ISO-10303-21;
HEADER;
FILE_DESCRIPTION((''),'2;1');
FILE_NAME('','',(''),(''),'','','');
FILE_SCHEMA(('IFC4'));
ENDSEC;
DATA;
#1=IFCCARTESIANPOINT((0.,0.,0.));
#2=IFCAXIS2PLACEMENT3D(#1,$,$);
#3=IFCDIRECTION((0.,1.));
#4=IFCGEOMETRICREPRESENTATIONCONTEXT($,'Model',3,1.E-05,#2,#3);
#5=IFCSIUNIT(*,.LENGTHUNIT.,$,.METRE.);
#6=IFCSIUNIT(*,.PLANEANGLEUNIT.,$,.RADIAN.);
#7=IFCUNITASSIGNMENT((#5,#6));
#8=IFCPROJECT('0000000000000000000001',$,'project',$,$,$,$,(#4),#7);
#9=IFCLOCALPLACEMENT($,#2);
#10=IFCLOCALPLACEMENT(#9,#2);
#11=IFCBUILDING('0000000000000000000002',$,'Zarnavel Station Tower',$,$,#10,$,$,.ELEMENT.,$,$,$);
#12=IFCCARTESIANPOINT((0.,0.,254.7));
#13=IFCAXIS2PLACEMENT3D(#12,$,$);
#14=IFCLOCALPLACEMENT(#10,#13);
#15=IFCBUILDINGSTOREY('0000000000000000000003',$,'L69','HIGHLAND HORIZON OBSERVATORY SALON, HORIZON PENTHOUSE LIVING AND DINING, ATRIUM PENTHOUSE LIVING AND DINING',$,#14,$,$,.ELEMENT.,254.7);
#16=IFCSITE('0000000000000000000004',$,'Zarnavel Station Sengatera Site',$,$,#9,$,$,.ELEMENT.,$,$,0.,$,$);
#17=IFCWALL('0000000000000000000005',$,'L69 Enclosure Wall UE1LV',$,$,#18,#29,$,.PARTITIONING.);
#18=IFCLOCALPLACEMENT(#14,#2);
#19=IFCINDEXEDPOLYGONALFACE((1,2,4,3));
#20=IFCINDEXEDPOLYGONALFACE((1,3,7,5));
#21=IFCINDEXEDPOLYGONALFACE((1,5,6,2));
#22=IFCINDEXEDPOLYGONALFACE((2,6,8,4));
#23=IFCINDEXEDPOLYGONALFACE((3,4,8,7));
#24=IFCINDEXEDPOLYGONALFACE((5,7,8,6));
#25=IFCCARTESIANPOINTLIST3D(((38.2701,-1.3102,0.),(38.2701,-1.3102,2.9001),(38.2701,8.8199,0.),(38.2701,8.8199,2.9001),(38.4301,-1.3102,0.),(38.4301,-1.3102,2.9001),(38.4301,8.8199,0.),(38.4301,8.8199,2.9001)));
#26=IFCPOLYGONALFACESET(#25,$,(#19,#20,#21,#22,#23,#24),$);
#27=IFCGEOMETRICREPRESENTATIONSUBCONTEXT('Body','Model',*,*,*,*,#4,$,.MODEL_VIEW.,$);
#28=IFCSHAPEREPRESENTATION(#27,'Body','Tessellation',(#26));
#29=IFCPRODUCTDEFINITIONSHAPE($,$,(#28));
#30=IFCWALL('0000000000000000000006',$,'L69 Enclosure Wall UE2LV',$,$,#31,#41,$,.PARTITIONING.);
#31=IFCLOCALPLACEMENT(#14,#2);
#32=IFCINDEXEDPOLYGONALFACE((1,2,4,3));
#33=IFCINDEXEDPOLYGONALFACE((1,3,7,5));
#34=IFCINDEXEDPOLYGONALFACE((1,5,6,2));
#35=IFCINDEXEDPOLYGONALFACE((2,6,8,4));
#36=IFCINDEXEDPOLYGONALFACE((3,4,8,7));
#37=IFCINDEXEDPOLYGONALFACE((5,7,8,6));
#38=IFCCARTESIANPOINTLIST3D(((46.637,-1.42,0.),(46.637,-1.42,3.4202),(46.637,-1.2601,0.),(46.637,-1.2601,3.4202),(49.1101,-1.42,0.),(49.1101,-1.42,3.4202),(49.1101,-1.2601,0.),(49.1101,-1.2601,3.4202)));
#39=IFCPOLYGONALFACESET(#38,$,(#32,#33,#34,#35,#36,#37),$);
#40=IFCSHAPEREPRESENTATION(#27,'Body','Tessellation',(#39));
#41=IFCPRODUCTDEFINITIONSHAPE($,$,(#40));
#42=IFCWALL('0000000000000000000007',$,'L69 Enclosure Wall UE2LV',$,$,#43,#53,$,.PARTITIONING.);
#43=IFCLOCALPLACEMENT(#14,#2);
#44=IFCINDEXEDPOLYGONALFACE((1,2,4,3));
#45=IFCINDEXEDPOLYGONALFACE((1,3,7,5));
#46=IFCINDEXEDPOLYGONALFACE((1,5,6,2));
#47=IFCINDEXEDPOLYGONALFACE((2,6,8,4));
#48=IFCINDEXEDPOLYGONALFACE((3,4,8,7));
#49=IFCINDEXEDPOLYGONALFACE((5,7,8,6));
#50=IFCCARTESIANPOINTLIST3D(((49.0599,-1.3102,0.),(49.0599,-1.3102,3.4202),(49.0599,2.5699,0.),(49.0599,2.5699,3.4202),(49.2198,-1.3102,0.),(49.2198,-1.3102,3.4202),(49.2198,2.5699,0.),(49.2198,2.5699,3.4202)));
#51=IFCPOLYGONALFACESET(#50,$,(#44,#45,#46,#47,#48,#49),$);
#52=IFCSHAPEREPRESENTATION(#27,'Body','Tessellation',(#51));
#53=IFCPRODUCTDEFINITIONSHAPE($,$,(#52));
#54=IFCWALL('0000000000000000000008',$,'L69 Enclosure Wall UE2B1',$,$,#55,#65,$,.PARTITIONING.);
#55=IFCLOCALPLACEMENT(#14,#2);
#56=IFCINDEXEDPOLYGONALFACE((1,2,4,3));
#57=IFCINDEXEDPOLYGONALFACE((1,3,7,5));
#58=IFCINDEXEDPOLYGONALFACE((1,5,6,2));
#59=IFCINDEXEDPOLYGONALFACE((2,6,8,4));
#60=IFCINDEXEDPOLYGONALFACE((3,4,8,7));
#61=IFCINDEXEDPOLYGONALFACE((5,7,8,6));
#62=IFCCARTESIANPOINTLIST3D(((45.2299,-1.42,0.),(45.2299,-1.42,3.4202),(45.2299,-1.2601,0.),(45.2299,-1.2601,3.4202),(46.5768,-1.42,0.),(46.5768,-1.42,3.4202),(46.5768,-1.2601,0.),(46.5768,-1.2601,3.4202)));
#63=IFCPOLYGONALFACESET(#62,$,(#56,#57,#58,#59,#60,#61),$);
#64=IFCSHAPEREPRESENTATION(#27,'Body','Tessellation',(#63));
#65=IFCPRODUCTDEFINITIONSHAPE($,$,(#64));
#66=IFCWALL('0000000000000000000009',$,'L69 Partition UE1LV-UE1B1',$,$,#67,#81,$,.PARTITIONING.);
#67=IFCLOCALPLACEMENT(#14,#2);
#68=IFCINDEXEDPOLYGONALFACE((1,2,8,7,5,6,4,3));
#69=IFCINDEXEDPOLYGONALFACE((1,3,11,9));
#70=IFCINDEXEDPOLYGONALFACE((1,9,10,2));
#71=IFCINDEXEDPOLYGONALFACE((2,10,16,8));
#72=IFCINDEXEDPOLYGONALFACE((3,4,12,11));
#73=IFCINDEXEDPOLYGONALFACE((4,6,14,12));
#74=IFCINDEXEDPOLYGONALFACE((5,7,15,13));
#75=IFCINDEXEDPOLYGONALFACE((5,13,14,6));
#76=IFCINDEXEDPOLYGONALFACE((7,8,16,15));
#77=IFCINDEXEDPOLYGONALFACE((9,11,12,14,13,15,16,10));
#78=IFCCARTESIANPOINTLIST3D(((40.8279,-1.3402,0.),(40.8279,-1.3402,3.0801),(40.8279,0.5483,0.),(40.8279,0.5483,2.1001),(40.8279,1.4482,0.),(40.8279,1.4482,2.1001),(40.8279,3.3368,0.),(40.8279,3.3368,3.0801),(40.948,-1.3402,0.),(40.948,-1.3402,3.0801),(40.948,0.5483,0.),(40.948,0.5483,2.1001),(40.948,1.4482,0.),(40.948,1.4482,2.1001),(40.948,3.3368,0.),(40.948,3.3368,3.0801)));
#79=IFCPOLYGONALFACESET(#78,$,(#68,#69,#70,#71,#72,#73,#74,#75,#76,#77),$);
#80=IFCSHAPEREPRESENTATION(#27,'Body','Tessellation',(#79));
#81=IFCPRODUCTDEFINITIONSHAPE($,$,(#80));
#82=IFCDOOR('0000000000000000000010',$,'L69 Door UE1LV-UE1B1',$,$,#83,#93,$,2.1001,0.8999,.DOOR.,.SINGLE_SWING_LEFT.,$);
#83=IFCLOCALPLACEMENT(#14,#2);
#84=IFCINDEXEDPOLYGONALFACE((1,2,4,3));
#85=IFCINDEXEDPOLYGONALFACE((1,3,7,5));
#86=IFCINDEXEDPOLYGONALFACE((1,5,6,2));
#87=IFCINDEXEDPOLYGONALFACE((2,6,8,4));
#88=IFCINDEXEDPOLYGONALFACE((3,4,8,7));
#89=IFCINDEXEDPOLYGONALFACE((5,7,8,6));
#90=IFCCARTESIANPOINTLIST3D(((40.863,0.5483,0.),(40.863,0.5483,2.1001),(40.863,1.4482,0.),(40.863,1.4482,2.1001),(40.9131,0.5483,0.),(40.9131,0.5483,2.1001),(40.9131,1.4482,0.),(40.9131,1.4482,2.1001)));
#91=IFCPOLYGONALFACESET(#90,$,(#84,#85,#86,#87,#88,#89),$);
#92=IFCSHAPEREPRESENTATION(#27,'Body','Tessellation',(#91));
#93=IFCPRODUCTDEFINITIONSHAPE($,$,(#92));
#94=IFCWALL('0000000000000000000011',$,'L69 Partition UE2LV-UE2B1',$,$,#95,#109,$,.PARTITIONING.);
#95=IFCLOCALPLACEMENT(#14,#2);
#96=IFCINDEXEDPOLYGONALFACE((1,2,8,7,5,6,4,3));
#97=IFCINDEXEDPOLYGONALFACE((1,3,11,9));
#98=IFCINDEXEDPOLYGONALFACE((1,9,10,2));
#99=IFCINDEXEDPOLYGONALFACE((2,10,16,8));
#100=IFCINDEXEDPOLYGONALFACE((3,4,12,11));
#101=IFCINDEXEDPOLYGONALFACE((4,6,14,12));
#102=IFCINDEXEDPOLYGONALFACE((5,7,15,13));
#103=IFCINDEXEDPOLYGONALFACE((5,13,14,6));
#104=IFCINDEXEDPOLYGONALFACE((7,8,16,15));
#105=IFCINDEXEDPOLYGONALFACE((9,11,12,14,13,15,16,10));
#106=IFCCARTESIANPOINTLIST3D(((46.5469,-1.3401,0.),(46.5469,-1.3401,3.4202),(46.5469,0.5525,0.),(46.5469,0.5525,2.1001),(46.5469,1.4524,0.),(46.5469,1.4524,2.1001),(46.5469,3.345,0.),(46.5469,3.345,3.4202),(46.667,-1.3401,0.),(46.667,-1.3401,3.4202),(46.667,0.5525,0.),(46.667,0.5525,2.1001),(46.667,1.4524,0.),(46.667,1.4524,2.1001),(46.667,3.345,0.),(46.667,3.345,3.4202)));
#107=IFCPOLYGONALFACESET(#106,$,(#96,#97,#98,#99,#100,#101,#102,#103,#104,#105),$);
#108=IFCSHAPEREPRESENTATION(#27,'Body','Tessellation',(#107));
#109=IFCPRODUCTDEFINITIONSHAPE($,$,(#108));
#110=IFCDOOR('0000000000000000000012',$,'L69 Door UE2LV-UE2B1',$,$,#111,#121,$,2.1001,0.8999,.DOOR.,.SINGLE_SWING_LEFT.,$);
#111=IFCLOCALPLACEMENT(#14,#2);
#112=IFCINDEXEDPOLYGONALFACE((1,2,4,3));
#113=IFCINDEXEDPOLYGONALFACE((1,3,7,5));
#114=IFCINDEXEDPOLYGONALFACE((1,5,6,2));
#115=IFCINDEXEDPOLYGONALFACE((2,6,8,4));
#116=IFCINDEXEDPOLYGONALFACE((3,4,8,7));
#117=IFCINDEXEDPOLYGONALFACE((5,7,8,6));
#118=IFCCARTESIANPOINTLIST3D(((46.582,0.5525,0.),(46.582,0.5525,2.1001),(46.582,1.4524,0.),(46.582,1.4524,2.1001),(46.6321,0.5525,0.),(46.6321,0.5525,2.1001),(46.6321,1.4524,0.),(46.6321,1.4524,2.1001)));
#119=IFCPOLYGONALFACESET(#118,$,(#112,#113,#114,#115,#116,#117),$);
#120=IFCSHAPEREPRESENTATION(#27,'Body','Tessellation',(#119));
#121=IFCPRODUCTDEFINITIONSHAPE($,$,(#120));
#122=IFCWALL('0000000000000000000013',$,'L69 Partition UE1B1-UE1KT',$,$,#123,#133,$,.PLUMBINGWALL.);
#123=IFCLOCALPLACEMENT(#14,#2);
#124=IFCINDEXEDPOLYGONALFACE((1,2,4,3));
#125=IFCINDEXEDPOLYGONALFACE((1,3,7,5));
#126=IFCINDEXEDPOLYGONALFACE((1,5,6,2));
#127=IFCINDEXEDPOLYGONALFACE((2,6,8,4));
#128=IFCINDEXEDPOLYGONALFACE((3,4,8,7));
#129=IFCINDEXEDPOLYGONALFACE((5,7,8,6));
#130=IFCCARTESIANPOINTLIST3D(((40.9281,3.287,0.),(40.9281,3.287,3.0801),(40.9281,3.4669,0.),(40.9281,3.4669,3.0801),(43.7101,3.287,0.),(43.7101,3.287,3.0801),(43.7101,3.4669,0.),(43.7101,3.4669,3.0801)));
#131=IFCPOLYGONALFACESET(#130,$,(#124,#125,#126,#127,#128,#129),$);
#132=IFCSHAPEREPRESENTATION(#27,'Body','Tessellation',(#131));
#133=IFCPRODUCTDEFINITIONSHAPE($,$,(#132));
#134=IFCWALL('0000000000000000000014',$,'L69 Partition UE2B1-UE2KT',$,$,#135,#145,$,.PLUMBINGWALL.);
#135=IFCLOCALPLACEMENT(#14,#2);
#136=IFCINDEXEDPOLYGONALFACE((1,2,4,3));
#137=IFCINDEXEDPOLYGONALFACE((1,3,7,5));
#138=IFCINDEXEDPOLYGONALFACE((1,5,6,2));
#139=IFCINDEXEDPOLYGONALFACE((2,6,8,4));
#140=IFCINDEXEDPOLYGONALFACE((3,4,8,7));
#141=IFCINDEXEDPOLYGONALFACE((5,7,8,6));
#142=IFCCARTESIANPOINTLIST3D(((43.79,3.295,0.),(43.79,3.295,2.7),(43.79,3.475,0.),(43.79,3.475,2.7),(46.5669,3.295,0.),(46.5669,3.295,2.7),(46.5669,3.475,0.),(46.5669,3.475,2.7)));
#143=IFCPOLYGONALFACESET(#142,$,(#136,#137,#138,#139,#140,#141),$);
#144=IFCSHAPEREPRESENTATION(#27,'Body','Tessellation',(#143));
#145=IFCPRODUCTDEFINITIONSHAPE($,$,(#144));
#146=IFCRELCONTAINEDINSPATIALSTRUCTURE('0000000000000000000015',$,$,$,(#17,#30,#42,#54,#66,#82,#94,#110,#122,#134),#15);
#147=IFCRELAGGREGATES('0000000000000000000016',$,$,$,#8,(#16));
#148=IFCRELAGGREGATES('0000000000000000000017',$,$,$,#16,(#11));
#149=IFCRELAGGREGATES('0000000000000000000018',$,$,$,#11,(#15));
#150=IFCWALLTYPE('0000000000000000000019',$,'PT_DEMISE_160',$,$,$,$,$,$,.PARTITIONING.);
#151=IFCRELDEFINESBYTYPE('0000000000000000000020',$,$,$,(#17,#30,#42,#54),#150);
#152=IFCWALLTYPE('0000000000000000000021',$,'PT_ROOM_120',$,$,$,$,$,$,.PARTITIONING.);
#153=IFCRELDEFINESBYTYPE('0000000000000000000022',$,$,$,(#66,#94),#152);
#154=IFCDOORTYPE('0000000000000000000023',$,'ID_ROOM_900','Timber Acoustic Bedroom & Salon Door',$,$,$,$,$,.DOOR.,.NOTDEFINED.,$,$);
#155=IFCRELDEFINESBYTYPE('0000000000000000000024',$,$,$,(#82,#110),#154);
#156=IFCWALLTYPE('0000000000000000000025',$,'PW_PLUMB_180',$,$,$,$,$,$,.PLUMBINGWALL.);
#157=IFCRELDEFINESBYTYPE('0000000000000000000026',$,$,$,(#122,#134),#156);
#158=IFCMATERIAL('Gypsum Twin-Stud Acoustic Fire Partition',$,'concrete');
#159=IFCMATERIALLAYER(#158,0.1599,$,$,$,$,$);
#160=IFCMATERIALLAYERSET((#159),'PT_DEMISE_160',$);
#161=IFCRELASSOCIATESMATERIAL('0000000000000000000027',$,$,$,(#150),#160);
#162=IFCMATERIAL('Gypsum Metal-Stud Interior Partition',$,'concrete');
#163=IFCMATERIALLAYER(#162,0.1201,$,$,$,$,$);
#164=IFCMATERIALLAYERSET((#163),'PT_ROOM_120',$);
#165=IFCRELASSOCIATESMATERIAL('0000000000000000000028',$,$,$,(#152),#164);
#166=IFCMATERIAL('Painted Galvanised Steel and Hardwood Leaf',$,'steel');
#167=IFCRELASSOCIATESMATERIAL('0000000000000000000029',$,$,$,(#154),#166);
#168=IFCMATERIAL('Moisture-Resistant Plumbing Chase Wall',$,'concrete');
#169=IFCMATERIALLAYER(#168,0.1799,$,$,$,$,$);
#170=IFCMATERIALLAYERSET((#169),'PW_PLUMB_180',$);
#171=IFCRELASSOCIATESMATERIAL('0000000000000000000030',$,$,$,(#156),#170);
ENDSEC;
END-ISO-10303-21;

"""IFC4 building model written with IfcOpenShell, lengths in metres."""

from ifc_helpers import new_model, si_unit, direction, frame, frame_2d, origin, place, context, subcontext, project, spatial, rectangle, extrude, material, layer, layer_set, type_object, element, fill, save


model = new_model("IFC4")

# Units and contexts
model_context = context("Model", 3, precision=1e-05, world=origin(), true_north=direction((0.0, 1.0)))
body_context = subcontext(model_context, "Body", "Model", "MODEL_VIEW")
ifc_project = project(units=[si_unit("LENGTHUNIT", "METRE"), si_unit("PLANEANGLEUNIT", "RADIAN")], contexts=[model_context])

# Site, building, storey
site_placement = place(None, origin())
site = spatial("IfcSite", under=ifc_project, at=site_placement, Name="Zarnavel Station Sengatera Site", CompositionType="ELEMENT", RefElevation=0.0)
building_placement = place(site_placement, origin())
building = spatial("IfcBuilding", under=site, at=building_placement, Name="Zarnavel Station Tower", CompositionType="ELEMENT")
storey_placement = place(building_placement, frame((0.0, 0.0, 254.7)))
storey = spatial("IfcBuildingStorey", under=building, at=storey_placement, Name="L69", Description="HIGHLAND HORIZON OBSERVATORY SALON, HORIZON PENTHOUSE LIVING AND DINING, ATRIUM PENTHOUSE LIVING AND DINING", CompositionType="ELEMENT", Elevation=254.7)

# Walls
ifc_material_1 = material(Name="Gypsum Twin-Stud Acoustic Fire Partition", Category="concrete")
ifc_layer_1 = layer(ifc_material_1, 0.1599)
ifc_layer_set_1 = layer_set([ifc_layer_1], Name="PT_DEMISE_160")
wall_type_1 = type_object("IfcWallType", Name="PT_DEMISE_160", PredefinedType="PARTITIONING", material=ifc_layer_set_1)
wall_1_placement = place(storey_placement, frame((38.3501, -1.3101, 0.0), z_axis=(0.0, 0.0, 1.0), x_axis=(0.0, 1.0, 0.0)))
element("IfcWall", 1, at=wall_1_placement, inside=storey, type_object=wall_type_1, Name="L69 Enclosure Wall UE1LV", PredefinedType="PARTITIONING", context=body_context, shape_type="SweptSolid", body=[
    extrude(rectangle(XDim=10.1301, YDim=0.1599, at=frame_2d((5.0649, 0.0))), origin(), (0.0, 0.0, 1.0), 2.9001),
])
wall_2_placement = place(storey_placement, frame((46.637, -1.3401, 0.0), z_axis=(0.0, 0.0, 1.0), x_axis=(1.0, 0.0, 0.0)))
element("IfcWall", 2, at=wall_2_placement, inside=storey, type_object=wall_type_1, Name="L69 Enclosure Wall UE2LV", PredefinedType="PARTITIONING", context=body_context, shape_type="SweptSolid", body=[
    extrude(rectangle(XDim=2.4731, YDim=0.1599, at=frame_2d((1.2366, 0.0))), origin(), (0.0, 0.0, 1.0), 3.4202),
])
wall_3_placement = place(storey_placement, frame((49.1399, -1.3101, 0.0), z_axis=(0.0, 0.0, 1.0), x_axis=(0.0, 1.0, 0.0)))
element("IfcWall", 3, at=wall_3_placement, inside=storey, type_object=wall_type_1, Name="L69 Enclosure Wall UE2LV", PredefinedType="PARTITIONING", context=body_context, shape_type="SweptSolid", body=[
    extrude(rectangle(XDim=3.8801, YDim=0.1599, at=frame_2d((1.9399, 0.0))), origin(), (0.0, 0.0, 1.0), 3.4202),
])
wall_4_placement = place(storey_placement, frame((45.23, -1.3401, 0.0), z_axis=(0.0, 0.0, 1.0), x_axis=(1.0, 0.0, 0.0)))
element("IfcWall", 4, at=wall_4_placement, inside=storey, type_object=wall_type_1, Name="L69 Enclosure Wall UE2B1", PredefinedType="PARTITIONING", context=body_context, shape_type="SweptSolid", body=[
    extrude(rectangle(XDim=1.3469, YDim=0.1599, at=frame_2d((0.6733, 0.0))), origin(), (0.0, 0.0, 1.0), 3.4202),
])

# Walls, openings, doors
ifc_material_2 = material(Name="Gypsum Metal-Stud Interior Partition", Category="concrete")
ifc_layer_2 = layer(ifc_material_2, 0.1201)
ifc_layer_set_2 = layer_set([ifc_layer_2], Name="PT_ROOM_120")
wall_type_2 = type_object("IfcWallType", Name="PT_ROOM_120", PredefinedType="PARTITIONING", material=ifc_layer_set_2)
wall_5_placement = place(storey_placement, frame((40.8879, -1.3401, 0.0), z_axis=(0.0, 0.0, 1.0), x_axis=(0.0, 1.0, 0.0)))
wall_5 = element("IfcWall", 5, at=wall_5_placement, inside=storey, type_object=wall_type_2, Name="L69 Partition UE1LV-UE1B1", PredefinedType="PARTITIONING", context=body_context, shape_type="SweptSolid", body=[
    extrude(rectangle(XDim=4.677, YDim=0.1201, at=frame_2d((2.3384, 0.0))), origin(), (0.0, 0.0, 1.0), 3.0801),
])
opening_1_placement = place(wall_5_placement, frame((1.8884, 0.0, 0.0)))
opening_1 = element("IfcOpeningElement", 6, at=opening_1_placement, cuts=wall_5, PredefinedType="OPENING", context=body_context, shape_type="SweptSolid", body=[
    extrude(rectangle(XDim=0.8999, YDim=2.1001, at=frame_2d((0.45, 1.05))), frame((0.0, 0.0701, 0.0), z_axis=(0.0, -1.0, 0.0), x_axis=(1.0, 0.0, 0.0)), (0.0, 0.0, 1.0), 0.1401),
])
ifc_material_3 = material(Name="Painted Galvanised Steel and Hardwood Leaf", Category="steel")
door_type = type_object("IfcDoorType", Name="ID_ROOM_900", Description="Timber Acoustic Bedroom & Salon Door", OperationType="NOTDEFINED", PredefinedType="DOOR", material=ifc_material_3)
door_1_placement = place(opening_1_placement, origin())
door_1 = element("IfcDoor", 7, at=door_1_placement, inside=storey, type_object=door_type, Name="L69 Door UE1LV-UE1B1", OperationType="SINGLE_SWING_LEFT", OverallHeight=2.1001, OverallWidth=0.8999, PredefinedType="DOOR", context=body_context, shape_type="SweptSolid", body=[
    extrude(rectangle(XDim=0.8999, YDim=2.1001, at=frame_2d((0.45, 1.05))), frame((0.0, 0.0249, 0.0), z_axis=(0.0, -1.0, 0.0), x_axis=(1.0, 0.0, 0.0)), (0.0, 0.0, 1.0), 0.05),
])
fill(opening_1, door_1)
wall_6_placement = place(storey_placement, frame((46.6069, -1.3401, 0.0), z_axis=(0.0, 0.0, 1.0), x_axis=(0.0, 1.0, 0.0)))
wall_6 = element("IfcWall", 8, at=wall_6_placement, inside=storey, type_object=wall_type_2, Name="L69 Partition UE2LV-UE2B1", PredefinedType="PARTITIONING", context=body_context, shape_type="SweptSolid", body=[
    extrude(rectangle(XDim=4.6851, YDim=0.1201, at=frame_2d((2.3425, 0.0))), origin(), (0.0, 0.0, 1.0), 3.4202),
])
opening_2_placement = place(wall_6_placement, frame((1.8926, 0.0, 0.0)))
opening_2 = element("IfcOpeningElement", 9, at=opening_2_placement, cuts=wall_6, PredefinedType="OPENING", context=body_context, shape_type="SweptSolid", body=[
    extrude(rectangle(XDim=0.8999, YDim=2.1001, at=frame_2d((0.45, 1.05))), frame((0.0, 0.0701, 0.0), z_axis=(0.0, -1.0, 0.0), x_axis=(1.0, 0.0, 0.0)), (0.0, 0.0, 1.0), 0.1401),
])
door_2_placement = place(opening_2_placement, origin())
door_2 = element("IfcDoor", 10, at=door_2_placement, inside=storey, type_object=door_type, Name="L69 Door UE2LV-UE2B1", OperationType="SINGLE_SWING_LEFT", OverallHeight=2.1001, OverallWidth=0.8999, PredefinedType="DOOR", context=body_context, shape_type="SweptSolid", body=[
    extrude(rectangle(XDim=0.8999, YDim=2.1001, at=frame_2d((0.45, 1.05))), frame((0.0, 0.0249, 0.0), z_axis=(0.0, -1.0, 0.0), x_axis=(1.0, 0.0, 0.0)), (0.0, 0.0, 1.0), 0.05),
])
fill(opening_2, door_2)

# Walls
ifc_material_4 = material(Name="Moisture-Resistant Plumbing Chase Wall", Category="concrete")
ifc_layer_3 = layer(ifc_material_4, 0.1799)
ifc_layer_set_3 = layer_set([ifc_layer_3], Name="PW_PLUMB_180")
wall_type_3 = type_object("IfcWallType", Name="PW_PLUMB_180", PredefinedType="PLUMBINGWALL", material=ifc_layer_set_3)
wall_7_placement = place(storey_placement, frame((40.928, 3.377, 0.0), z_axis=(0.0, 0.0, 1.0), x_axis=(1.0, 0.0, 0.0)))
element("IfcWall", 11, at=wall_7_placement, inside=storey, type_object=wall_type_3, Name="L69 Partition UE1B1-UE1KT", PredefinedType="PLUMBINGWALL", context=body_context, shape_type="SweptSolid", body=[
    extrude(rectangle(XDim=2.782, YDim=0.1799, at=frame_2d((1.3911, 0.0))), origin(), (0.0, 0.0, 1.0), 3.0801),
])
wall_8_placement = place(storey_placement, frame((43.79, 3.385, 0.0), z_axis=(0.0, 0.0, 1.0), x_axis=(1.0, 0.0, 0.0)))
element("IfcWall", 12, at=wall_8_placement, inside=storey, type_object=wall_type_3, Name="L69 Partition UE2B1-UE2KT", PredefinedType="PLUMBINGWALL", context=body_context, shape_type="SweptSolid", body=[
    extrude(rectangle(XDim=2.7769, YDim=0.1799, at=frame_2d((1.3884, 0.0))), origin(), (0.0, 0.0, 1.0), 2.7),
])

save(model, "model.ifc")
